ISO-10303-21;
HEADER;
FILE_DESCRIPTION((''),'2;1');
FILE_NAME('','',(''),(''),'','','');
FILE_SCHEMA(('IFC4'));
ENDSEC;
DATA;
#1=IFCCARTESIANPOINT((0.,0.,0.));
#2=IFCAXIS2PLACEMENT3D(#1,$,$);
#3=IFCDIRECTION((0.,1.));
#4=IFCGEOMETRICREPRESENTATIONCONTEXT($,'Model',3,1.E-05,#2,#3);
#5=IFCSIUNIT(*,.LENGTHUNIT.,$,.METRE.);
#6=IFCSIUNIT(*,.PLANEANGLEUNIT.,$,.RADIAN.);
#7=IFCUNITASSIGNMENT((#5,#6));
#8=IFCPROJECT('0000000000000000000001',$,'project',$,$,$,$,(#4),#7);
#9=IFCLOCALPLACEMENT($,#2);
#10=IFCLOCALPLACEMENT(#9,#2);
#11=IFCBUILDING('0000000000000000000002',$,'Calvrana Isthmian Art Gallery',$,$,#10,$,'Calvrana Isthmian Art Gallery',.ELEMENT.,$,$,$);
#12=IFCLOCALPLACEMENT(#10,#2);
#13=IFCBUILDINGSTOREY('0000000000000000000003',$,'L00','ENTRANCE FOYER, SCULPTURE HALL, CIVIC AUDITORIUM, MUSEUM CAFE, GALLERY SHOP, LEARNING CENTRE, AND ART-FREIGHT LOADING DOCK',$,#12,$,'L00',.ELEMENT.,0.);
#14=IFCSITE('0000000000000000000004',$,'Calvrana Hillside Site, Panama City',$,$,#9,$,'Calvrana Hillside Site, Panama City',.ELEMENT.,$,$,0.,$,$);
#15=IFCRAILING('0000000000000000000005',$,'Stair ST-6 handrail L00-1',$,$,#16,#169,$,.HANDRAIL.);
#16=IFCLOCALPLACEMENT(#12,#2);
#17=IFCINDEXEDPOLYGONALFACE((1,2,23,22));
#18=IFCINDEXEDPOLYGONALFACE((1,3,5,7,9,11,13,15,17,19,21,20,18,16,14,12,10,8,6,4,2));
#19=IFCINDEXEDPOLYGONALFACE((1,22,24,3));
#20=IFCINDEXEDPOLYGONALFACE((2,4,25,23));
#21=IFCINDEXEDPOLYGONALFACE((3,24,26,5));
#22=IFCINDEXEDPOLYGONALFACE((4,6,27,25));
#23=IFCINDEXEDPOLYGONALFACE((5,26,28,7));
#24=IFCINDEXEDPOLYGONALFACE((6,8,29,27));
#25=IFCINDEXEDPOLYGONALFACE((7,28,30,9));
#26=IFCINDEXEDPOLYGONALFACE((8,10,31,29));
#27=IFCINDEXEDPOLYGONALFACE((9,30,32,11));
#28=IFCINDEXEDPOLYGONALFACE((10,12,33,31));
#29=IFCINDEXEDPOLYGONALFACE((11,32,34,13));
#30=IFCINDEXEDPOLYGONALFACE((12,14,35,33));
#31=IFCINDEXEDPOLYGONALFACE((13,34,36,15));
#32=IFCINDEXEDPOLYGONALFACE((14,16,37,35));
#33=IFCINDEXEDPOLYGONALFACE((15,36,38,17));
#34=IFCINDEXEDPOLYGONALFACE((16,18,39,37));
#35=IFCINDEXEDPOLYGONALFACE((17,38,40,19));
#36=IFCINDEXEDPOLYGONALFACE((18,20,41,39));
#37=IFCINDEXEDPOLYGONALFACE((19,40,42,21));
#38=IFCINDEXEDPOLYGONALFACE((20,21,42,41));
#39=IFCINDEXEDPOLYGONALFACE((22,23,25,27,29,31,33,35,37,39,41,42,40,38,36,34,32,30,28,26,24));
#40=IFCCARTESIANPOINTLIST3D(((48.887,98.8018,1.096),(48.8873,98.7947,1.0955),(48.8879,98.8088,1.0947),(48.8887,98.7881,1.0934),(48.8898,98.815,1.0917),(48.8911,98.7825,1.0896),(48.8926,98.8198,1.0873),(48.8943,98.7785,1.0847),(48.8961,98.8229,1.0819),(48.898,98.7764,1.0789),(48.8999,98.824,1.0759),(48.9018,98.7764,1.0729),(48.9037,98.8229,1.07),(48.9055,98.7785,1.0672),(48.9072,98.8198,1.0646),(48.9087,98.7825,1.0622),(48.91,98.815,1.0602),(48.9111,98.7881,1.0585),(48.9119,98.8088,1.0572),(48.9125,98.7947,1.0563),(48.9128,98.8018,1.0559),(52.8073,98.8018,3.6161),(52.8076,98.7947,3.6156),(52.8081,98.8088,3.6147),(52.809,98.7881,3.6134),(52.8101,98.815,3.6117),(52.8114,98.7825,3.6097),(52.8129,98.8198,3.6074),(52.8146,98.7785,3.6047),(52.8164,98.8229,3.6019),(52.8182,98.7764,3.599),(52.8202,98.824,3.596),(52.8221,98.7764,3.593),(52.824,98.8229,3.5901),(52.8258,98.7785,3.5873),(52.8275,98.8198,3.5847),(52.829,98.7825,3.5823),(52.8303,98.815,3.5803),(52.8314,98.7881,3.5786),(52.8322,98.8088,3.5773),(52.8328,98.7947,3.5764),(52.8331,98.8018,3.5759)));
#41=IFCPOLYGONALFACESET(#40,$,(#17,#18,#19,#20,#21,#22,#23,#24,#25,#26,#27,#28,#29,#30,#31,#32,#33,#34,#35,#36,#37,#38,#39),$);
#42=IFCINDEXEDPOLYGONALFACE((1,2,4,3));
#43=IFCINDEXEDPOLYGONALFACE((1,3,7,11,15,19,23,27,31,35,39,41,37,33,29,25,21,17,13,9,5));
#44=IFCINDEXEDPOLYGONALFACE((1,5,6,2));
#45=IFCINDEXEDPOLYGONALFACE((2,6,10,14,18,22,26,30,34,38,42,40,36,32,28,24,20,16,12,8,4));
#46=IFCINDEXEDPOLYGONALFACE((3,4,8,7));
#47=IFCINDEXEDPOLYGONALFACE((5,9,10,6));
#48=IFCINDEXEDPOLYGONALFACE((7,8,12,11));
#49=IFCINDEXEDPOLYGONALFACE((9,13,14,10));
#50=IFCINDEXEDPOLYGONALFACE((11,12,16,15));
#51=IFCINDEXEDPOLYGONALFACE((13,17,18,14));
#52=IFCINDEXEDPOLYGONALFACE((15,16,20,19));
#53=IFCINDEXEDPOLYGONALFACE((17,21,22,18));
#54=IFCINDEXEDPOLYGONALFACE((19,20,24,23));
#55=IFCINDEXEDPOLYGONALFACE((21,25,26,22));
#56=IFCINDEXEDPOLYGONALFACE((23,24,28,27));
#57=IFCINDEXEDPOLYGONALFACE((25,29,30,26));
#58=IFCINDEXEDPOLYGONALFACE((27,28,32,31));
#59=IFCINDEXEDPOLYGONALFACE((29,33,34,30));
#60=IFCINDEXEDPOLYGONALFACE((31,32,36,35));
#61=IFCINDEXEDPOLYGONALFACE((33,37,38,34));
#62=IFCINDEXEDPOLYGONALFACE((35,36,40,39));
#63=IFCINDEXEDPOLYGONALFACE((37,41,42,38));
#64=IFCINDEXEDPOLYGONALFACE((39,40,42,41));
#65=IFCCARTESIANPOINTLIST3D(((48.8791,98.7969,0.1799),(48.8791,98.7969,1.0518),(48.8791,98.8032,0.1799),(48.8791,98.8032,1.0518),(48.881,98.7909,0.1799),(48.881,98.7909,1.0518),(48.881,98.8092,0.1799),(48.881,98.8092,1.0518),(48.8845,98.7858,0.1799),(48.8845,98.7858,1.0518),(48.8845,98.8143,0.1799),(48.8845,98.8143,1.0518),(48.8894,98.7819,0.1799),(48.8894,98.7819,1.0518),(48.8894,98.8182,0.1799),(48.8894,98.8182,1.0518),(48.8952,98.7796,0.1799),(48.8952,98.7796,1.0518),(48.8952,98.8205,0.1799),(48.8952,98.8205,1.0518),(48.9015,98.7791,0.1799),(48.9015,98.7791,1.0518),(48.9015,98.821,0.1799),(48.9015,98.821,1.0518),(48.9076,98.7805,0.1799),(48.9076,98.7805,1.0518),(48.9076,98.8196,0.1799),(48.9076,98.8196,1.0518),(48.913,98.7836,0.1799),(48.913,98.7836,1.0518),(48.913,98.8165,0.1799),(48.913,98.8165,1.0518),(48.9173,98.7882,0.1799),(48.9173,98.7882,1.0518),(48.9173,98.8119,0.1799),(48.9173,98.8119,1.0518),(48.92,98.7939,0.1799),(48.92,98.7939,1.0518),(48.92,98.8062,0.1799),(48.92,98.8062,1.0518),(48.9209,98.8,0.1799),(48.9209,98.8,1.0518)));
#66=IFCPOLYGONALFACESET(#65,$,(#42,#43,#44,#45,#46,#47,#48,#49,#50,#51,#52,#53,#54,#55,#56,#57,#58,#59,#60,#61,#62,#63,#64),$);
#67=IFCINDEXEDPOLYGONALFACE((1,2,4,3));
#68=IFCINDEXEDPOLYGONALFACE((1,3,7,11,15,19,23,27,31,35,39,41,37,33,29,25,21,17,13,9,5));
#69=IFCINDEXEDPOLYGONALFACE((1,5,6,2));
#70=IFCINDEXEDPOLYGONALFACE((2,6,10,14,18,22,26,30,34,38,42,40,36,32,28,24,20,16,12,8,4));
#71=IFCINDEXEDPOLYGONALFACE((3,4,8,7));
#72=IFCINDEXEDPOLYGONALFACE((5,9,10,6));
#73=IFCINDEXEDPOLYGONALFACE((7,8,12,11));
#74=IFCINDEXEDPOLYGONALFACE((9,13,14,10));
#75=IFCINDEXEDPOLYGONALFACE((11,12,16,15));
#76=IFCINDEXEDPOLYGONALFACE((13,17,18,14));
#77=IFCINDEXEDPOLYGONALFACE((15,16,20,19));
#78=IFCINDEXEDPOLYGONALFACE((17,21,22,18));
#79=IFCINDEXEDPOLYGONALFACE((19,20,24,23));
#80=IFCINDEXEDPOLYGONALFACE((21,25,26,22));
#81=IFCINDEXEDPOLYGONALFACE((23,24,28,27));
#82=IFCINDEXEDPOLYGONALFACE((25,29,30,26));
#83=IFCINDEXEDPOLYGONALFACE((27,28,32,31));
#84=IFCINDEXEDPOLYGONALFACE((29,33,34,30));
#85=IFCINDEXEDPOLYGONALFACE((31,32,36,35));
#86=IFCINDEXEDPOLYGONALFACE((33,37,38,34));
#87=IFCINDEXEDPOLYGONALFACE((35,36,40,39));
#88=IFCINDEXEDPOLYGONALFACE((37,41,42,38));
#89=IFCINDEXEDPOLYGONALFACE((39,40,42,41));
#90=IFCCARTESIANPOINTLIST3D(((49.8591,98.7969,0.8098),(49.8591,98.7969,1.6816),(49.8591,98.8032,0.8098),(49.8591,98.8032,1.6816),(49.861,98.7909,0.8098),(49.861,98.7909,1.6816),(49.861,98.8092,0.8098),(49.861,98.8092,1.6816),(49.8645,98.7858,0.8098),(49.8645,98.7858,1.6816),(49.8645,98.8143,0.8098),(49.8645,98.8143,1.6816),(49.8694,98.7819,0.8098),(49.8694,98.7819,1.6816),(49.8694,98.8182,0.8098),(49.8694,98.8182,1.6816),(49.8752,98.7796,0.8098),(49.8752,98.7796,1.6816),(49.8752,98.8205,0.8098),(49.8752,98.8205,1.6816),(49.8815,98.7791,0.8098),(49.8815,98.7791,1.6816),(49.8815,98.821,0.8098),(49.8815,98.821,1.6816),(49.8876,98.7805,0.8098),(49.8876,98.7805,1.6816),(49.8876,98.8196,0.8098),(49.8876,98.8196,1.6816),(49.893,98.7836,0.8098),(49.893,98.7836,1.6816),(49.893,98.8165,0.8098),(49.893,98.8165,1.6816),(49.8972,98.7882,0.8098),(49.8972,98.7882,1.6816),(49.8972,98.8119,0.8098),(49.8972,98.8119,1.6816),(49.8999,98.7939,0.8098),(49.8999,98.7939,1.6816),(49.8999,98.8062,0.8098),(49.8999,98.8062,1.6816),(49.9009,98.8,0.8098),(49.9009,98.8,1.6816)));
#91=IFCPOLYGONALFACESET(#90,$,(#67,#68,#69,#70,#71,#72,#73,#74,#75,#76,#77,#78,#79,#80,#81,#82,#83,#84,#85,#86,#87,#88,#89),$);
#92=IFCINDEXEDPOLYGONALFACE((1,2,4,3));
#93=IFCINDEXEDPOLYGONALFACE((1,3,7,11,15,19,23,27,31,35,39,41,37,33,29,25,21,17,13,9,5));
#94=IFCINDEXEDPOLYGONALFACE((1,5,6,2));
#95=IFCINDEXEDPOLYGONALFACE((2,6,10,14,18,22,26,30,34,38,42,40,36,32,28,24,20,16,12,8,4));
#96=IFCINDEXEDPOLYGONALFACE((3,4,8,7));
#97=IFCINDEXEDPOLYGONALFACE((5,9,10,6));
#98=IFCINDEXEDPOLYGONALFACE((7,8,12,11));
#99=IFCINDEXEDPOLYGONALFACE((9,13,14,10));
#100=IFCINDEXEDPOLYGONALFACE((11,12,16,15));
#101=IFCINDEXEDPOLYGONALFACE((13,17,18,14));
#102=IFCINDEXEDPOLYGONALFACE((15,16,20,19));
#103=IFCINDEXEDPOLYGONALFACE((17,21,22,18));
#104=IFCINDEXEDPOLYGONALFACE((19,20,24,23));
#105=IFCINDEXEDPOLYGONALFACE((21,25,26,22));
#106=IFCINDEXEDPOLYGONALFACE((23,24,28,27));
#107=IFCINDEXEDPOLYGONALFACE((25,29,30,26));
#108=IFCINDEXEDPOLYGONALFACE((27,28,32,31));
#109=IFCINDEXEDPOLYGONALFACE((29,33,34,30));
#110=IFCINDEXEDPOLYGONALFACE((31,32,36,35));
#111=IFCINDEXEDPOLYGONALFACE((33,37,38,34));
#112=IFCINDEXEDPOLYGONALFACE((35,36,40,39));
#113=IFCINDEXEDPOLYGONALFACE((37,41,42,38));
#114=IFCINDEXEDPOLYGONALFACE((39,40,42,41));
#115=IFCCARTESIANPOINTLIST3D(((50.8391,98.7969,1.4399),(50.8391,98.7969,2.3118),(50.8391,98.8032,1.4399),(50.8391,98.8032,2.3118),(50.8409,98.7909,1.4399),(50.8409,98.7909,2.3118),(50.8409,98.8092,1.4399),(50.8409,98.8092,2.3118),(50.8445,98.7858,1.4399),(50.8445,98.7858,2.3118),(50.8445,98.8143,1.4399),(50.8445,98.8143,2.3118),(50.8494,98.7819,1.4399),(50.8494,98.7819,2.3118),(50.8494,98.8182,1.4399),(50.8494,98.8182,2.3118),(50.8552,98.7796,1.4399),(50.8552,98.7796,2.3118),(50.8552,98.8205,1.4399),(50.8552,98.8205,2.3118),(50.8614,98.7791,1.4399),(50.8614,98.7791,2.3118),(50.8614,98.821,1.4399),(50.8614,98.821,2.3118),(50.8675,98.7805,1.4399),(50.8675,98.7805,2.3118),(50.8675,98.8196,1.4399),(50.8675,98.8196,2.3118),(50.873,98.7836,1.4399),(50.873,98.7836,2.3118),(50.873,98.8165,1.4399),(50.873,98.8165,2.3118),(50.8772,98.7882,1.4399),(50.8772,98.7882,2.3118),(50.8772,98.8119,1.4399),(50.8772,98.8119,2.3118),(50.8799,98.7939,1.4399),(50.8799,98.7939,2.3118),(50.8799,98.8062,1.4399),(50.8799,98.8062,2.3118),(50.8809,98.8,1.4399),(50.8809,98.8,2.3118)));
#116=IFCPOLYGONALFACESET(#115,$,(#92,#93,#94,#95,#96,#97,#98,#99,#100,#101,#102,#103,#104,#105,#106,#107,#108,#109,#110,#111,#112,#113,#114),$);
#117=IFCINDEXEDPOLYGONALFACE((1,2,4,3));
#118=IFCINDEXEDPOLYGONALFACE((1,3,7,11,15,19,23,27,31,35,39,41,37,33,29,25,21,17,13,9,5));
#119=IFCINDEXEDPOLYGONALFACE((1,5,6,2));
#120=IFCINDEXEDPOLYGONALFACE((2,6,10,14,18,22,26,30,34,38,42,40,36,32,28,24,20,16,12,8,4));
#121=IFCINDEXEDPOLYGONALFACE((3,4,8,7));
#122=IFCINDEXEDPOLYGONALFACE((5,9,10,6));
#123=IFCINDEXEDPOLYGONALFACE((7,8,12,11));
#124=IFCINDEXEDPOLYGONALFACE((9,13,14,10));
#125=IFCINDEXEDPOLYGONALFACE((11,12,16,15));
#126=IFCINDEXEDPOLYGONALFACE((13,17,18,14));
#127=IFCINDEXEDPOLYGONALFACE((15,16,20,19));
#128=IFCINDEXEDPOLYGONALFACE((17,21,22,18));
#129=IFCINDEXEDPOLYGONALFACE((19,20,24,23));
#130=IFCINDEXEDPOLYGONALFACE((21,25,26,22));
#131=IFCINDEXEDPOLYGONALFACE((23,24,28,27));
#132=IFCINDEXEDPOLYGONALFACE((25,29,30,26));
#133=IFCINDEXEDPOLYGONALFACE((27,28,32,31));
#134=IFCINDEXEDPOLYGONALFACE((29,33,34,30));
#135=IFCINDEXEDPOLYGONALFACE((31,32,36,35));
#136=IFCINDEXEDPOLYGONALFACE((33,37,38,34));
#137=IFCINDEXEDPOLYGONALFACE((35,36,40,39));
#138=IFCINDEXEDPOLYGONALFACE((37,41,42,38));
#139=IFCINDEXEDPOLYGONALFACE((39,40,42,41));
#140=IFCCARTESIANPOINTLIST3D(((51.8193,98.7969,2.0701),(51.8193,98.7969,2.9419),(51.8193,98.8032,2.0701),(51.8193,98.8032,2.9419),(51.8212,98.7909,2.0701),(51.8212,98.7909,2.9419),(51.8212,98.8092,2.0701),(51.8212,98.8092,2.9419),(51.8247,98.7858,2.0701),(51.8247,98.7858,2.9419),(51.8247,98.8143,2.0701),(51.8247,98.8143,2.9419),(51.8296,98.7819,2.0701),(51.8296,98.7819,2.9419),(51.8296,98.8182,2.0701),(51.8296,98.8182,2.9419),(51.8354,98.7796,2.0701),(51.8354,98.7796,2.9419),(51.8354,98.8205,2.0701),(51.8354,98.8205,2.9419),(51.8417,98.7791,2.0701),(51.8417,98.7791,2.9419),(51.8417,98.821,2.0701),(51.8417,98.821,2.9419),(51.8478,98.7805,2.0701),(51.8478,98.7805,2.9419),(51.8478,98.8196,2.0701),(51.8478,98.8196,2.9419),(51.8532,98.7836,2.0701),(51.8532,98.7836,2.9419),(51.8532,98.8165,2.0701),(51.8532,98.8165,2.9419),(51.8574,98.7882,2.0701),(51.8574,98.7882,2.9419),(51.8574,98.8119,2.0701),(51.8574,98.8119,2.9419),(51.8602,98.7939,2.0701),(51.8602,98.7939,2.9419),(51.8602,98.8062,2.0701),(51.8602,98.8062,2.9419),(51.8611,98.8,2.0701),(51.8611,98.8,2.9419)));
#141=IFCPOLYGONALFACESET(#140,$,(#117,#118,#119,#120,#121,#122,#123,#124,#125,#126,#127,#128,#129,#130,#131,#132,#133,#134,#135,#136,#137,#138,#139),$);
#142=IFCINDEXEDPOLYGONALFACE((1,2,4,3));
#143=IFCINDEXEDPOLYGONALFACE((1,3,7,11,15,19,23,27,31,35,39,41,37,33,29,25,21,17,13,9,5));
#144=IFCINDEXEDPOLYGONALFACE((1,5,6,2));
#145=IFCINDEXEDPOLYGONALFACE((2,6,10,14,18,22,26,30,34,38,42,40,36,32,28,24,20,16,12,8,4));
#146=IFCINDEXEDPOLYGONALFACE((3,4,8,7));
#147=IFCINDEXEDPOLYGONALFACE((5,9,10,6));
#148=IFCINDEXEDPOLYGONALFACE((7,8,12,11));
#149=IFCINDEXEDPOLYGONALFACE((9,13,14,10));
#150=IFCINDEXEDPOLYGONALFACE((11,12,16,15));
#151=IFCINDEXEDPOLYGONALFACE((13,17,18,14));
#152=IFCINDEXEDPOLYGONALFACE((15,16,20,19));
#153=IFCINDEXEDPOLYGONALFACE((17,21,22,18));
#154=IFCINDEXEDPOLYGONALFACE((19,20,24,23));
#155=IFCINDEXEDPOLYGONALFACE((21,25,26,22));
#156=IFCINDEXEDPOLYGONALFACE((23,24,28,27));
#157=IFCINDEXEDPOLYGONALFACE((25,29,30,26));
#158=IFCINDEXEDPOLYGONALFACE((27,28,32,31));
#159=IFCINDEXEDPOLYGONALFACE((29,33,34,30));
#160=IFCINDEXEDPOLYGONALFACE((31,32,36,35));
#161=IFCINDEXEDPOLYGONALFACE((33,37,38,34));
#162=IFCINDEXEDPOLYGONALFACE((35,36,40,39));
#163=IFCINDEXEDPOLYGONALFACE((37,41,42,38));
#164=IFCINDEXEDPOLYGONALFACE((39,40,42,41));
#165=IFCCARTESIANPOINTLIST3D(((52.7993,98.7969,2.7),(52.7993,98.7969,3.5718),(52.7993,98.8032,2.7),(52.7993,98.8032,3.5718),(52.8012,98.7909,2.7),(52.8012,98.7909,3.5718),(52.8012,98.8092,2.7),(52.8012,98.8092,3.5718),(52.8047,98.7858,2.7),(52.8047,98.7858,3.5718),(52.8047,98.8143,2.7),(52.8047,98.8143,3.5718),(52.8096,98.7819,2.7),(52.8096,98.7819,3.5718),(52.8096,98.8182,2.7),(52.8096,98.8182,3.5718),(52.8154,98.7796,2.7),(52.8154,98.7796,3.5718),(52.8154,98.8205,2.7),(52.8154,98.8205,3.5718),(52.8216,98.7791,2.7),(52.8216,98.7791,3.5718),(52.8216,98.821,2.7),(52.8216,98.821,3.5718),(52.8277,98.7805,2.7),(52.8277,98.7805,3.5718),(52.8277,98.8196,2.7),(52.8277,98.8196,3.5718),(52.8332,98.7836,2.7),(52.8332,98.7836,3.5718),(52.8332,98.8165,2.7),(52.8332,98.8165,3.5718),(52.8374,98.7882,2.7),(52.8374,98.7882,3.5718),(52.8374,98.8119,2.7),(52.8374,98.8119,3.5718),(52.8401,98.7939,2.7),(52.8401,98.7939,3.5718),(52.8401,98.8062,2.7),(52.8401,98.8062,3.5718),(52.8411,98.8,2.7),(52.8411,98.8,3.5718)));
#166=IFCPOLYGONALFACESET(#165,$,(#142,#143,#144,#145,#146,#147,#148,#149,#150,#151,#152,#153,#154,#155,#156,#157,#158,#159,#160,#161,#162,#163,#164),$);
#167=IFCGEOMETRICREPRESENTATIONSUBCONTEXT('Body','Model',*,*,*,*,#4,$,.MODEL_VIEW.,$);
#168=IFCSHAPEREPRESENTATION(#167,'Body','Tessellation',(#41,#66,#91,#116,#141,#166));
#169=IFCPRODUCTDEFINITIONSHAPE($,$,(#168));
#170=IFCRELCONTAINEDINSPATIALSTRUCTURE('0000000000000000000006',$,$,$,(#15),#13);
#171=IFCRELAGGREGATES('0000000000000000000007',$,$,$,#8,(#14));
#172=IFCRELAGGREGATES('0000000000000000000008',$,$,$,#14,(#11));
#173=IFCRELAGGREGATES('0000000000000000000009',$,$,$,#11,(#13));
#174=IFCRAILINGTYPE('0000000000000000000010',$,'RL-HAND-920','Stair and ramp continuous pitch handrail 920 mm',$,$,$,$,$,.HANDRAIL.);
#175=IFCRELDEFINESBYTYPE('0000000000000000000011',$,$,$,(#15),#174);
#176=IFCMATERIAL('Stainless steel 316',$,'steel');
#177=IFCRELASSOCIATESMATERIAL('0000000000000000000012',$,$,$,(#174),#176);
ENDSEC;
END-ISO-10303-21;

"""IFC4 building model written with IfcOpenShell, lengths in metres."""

from ifc_helpers import new_model, si_unit, direction, frame, origin, origin_2d, place, context, subcontext, project, spatial, circle, extrude, material, type_object, element, save


model = new_model("IFC4")

# Units and contexts
model_context = context("Model", 3, precision=1e-05, world=origin(), true_north=direction((0.0, 1.0)))
body_context = subcontext(model_context, "Body", "Model", "MODEL_VIEW")
ifc_project = project(units=[si_unit("LENGTHUNIT", "METRE"), si_unit("PLANEANGLEUNIT", "RADIAN")], contexts=[model_context])

# Site, building, storey
site_placement = place(None, origin())
site = spatial("IfcSite", under=ifc_project, at=site_placement, Name="Calvrana Hillside Site, Panama City", LongName="Calvrana Hillside Site, Panama City", CompositionType="ELEMENT", RefElevation=0.0)
building_placement = place(site_placement, origin())
building = spatial("IfcBuilding", under=site, at=building_placement, Name="Calvrana Isthmian Art Gallery", LongName="Calvrana Isthmian Art Gallery", CompositionType="ELEMENT")
storey_placement = place(building_placement, origin())
storey = spatial("IfcBuildingStorey", under=building, at=storey_placement, Name="L00", Description="ENTRANCE FOYER, SCULPTURE HALL, CIVIC AUDITORIUM, MUSEUM CAFE, GALLERY SHOP, LEARNING CENTRE, AND ART-FREIGHT LOADING DOCK", LongName="L00", CompositionType="ELEMENT", Elevation=0.0)

# Railing
ifc_material_1 = material(Name="Stainless steel 316", Category="steel")
railing_type_1 = type_object("IfcRailingType", Name="RL-HAND-920", Description="Stair and ramp continuous pitch handrail 920 mm", PredefinedType="HANDRAIL", material=ifc_material_1)
railing_1_placement = place(storey_placement, frame((48.8999, 98.8, 0.1799)))
element("IfcRailing", 1, at=railing_1_placement, inside=storey, type_object=railing_type_1, Name="Stair ST-6 handrail L00-1", PredefinedType="HANDRAIL", context=body_context, shape_type="SweptSolid", body=[
    extrude(circle(Radius=0.0239, at=origin_2d()), frame((0.0, 0.0, 0.896), z_axis=(0.841187, 0.0, 0.540744), x_axis=(0.0, 1.0, 0.0)), (0.0, 0.0, 1.0), 4.6604),
    extrude(circle(Radius=0.021, at=origin_2d()), origin(), (0.0, 0.0, 1.0), 0.8718),
    extrude(circle(Radius=0.021, at=origin_2d()), frame((0.98, 0.0, 0.6299)), (0.0, 0.0, 1.0), 0.8718),
    extrude(circle(Radius=0.021, at=origin_2d()), frame((1.96, 0.0, 1.26)), (0.0, 0.0, 1.0), 0.8718),
    extrude(circle(Radius=0.021, at=origin_2d()), frame((2.9402, 0.0, 1.8901)), (0.0, 0.0, 1.0), 0.8718),
    extrude(circle(Radius=0.021, at=origin_2d()), frame((3.9202, 0.0, 2.52)), (0.0, 0.0, 1.0), 0.8718),
])

save(model, "model.ifc")
